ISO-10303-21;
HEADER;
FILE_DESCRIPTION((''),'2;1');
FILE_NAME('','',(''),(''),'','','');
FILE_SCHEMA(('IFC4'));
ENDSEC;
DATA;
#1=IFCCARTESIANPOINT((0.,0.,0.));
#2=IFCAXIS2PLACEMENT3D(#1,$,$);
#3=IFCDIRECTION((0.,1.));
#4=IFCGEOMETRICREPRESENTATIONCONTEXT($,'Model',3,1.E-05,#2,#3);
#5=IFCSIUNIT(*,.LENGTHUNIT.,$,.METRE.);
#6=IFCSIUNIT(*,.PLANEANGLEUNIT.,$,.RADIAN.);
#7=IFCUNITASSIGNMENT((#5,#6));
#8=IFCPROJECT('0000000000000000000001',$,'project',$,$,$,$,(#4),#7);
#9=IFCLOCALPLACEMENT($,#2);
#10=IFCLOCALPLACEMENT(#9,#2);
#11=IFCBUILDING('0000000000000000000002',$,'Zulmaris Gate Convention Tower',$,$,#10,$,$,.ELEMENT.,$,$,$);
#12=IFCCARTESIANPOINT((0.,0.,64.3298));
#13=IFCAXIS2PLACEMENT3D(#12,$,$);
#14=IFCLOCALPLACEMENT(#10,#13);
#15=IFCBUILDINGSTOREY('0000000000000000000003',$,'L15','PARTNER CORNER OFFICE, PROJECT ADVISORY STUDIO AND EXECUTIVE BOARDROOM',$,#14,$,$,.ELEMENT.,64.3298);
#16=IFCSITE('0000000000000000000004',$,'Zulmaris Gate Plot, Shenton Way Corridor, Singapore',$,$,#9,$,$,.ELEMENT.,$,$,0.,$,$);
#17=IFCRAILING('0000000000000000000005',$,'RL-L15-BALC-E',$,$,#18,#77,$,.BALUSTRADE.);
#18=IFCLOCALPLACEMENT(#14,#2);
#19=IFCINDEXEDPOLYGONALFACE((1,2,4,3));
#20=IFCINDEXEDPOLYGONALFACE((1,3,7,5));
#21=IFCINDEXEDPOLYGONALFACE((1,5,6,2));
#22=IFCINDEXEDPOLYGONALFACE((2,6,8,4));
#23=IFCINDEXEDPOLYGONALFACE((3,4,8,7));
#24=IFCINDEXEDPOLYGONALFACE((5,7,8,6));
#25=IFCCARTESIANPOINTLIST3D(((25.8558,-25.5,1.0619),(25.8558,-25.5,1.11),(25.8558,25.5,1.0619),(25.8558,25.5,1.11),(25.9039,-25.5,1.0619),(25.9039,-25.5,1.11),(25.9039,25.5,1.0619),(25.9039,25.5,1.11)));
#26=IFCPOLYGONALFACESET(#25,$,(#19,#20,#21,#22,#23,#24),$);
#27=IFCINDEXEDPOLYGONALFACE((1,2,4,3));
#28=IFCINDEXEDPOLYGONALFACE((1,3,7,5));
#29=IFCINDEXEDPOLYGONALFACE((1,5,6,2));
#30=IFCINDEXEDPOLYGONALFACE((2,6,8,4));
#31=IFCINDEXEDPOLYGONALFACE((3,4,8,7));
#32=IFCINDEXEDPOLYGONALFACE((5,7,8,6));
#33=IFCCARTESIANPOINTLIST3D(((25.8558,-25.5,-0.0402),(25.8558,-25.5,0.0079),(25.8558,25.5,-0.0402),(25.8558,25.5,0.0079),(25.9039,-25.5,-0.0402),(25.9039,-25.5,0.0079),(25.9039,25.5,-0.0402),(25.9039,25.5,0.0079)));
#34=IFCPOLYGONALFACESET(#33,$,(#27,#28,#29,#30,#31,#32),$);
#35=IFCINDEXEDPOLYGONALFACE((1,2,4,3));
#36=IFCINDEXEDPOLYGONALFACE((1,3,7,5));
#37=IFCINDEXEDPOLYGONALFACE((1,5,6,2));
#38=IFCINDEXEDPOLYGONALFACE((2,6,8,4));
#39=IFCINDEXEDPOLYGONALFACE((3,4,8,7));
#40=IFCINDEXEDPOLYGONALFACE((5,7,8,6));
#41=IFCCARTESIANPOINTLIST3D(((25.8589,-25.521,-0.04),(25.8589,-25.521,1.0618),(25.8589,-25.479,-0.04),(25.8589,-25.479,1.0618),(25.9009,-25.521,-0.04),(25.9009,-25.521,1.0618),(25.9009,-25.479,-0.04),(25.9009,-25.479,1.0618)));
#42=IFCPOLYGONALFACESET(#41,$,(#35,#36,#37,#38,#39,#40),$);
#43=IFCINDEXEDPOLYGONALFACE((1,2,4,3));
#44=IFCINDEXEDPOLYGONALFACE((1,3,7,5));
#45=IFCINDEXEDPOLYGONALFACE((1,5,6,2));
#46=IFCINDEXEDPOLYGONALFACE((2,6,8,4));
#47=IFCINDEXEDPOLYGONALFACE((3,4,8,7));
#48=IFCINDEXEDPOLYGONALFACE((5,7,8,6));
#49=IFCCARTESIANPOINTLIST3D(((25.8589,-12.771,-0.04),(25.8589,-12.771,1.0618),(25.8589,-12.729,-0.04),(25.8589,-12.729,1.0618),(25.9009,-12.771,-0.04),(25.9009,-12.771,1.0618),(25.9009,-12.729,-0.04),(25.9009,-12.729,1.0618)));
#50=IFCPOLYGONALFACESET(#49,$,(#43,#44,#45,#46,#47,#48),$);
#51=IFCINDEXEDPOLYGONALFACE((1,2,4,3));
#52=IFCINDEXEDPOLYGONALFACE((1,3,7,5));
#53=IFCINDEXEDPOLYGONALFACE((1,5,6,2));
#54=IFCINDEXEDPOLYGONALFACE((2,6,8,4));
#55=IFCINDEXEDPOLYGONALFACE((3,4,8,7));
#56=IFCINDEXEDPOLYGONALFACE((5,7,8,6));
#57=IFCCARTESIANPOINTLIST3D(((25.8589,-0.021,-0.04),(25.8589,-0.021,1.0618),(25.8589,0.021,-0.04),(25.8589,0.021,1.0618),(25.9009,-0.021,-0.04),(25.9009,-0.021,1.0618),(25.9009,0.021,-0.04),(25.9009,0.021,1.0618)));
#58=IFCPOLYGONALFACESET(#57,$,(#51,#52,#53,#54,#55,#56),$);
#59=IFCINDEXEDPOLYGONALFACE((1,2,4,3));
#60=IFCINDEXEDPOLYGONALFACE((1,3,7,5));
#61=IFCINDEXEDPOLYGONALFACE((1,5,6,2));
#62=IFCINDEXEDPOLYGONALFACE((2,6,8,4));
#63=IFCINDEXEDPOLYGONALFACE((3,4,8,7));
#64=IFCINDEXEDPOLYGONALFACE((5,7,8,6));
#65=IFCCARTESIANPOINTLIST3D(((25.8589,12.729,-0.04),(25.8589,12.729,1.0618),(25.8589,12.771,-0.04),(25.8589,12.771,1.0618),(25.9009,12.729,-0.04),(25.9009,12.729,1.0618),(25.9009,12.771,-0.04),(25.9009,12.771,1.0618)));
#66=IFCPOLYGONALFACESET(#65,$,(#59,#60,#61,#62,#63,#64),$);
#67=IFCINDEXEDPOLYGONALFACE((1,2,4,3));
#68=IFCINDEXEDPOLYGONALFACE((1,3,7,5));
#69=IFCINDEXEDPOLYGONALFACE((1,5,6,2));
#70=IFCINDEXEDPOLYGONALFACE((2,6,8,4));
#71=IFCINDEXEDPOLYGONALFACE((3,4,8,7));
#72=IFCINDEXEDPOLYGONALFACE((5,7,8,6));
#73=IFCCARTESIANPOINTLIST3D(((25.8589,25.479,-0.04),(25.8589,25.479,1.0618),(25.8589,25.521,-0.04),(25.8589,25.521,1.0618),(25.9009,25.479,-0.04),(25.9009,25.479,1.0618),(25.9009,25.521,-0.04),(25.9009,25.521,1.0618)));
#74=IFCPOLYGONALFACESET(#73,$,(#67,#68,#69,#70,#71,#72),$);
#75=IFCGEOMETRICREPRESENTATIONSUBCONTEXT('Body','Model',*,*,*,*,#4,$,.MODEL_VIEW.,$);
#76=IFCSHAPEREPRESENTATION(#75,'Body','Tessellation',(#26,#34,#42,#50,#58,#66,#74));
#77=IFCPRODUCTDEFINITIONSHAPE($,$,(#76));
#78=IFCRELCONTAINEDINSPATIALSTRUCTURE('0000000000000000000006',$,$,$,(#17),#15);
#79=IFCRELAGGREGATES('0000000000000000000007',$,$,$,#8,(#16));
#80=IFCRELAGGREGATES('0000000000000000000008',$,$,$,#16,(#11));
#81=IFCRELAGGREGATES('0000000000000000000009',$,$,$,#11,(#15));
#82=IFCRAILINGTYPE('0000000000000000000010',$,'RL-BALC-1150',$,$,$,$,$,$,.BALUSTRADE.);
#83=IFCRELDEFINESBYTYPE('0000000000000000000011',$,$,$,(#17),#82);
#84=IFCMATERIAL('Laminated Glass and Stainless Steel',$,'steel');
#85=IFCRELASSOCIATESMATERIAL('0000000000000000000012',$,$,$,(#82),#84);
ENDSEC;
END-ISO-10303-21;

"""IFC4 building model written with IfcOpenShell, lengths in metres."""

from ifc_helpers import new_model, si_unit, direction, frame, origin, origin_2d, place, context, subcontext, project, spatial, rectangle, extrude, material, type_object, element, save


model = new_model("IFC4")

# Units and contexts
model_context = context("Model", 3, precision=1e-05, world=origin(), true_north=direction((0.0, 1.0)))
body_context = subcontext(model_context, "Body", "Model", "MODEL_VIEW")
ifc_project = project(units=[si_unit("LENGTHUNIT", "METRE"), si_unit("PLANEANGLEUNIT", "RADIAN")], contexts=[model_context])

# Site, building, storey
site_placement = place(None, origin())
site = spatial("IfcSite", under=ifc_project, at=site_placement, Name="Zulmaris Gate Plot, Shenton Way Corridor, Singapore", CompositionType="ELEMENT", RefElevation=0.0)
building_placement = place(site_placement, origin())
building = spatial("IfcBuilding", under=site, at=building_placement, Name="Zulmaris Gate Convention Tower", CompositionType="ELEMENT")
storey_placement = place(building_placement, frame((0.0, 0.0, 64.3298)))
storey = spatial("IfcBuildingStorey", under=building, at=storey_placement, Name="L15", Description="PARTNER CORNER OFFICE, PROJECT ADVISORY STUDIO AND EXECUTIVE BOARDROOM", CompositionType="ELEMENT", Elevation=64.3298)

# Railing
ifc_material_1 = material(Name="Laminated Glass and Stainless Steel", Category="steel")
railing_type = type_object("IfcRailingType", Name="RL-BALC-1150", PredefinedType="BALUSTRADE", material=ifc_material_1)
railing_placement = place(storey_placement, frame((25.8799, -25.5, -0.04)))
element("IfcRailing", 1, at=railing_placement, inside=storey, type_object=railing_type, Name="RL-L15-BALC-E", PredefinedType="BALUSTRADE", context=body_context, shape_type="SweptSolid", body=[
    extrude(rectangle(XDim=0.0481, YDim=0.0481, at=origin_2d()), frame((0.0, 0.0, 1.126), z_axis=(0.0, 1.0, 0.0), x_axis=(-1.0, 0.0, 0.0)), (0.0, 0.0, 1.0), 51.0),
    extrude(rectangle(XDim=0.0481, YDim=0.0481, at=origin_2d()), frame((0.0, 0.0, 0.0239), z_axis=(0.0, 1.0, 0.0), x_axis=(-1.0, 0.0, 0.0)), (0.0, 0.0, 1.0), 51.0),
    extrude(rectangle(XDim=0.042, YDim=0.042, at=origin_2d()), origin(), (0.0, 0.0, 1.0), 1.1018),
    extrude(rectangle(XDim=0.042, YDim=0.042, at=origin_2d()), frame((0.0, 12.75, 0.0)), (0.0, 0.0, 1.0), 1.1018),
    extrude(rectangle(XDim=0.042, YDim=0.042, at=origin_2d()), frame((0.0, 25.5, 0.0)), (0.0, 0.0, 1.0), 1.1018),
    extrude(rectangle(XDim=0.042, YDim=0.042, at=origin_2d()), frame((0.0, 38.25, 0.0)), (0.0, 0.0, 1.0), 1.1018),
    extrude(rectangle(XDim=0.042, YDim=0.042, at=origin_2d()), frame((0.0, 51.0, 0.0)), (0.0, 0.0, 1.0), 1.1018),
])

save(model, "model.ifc")
